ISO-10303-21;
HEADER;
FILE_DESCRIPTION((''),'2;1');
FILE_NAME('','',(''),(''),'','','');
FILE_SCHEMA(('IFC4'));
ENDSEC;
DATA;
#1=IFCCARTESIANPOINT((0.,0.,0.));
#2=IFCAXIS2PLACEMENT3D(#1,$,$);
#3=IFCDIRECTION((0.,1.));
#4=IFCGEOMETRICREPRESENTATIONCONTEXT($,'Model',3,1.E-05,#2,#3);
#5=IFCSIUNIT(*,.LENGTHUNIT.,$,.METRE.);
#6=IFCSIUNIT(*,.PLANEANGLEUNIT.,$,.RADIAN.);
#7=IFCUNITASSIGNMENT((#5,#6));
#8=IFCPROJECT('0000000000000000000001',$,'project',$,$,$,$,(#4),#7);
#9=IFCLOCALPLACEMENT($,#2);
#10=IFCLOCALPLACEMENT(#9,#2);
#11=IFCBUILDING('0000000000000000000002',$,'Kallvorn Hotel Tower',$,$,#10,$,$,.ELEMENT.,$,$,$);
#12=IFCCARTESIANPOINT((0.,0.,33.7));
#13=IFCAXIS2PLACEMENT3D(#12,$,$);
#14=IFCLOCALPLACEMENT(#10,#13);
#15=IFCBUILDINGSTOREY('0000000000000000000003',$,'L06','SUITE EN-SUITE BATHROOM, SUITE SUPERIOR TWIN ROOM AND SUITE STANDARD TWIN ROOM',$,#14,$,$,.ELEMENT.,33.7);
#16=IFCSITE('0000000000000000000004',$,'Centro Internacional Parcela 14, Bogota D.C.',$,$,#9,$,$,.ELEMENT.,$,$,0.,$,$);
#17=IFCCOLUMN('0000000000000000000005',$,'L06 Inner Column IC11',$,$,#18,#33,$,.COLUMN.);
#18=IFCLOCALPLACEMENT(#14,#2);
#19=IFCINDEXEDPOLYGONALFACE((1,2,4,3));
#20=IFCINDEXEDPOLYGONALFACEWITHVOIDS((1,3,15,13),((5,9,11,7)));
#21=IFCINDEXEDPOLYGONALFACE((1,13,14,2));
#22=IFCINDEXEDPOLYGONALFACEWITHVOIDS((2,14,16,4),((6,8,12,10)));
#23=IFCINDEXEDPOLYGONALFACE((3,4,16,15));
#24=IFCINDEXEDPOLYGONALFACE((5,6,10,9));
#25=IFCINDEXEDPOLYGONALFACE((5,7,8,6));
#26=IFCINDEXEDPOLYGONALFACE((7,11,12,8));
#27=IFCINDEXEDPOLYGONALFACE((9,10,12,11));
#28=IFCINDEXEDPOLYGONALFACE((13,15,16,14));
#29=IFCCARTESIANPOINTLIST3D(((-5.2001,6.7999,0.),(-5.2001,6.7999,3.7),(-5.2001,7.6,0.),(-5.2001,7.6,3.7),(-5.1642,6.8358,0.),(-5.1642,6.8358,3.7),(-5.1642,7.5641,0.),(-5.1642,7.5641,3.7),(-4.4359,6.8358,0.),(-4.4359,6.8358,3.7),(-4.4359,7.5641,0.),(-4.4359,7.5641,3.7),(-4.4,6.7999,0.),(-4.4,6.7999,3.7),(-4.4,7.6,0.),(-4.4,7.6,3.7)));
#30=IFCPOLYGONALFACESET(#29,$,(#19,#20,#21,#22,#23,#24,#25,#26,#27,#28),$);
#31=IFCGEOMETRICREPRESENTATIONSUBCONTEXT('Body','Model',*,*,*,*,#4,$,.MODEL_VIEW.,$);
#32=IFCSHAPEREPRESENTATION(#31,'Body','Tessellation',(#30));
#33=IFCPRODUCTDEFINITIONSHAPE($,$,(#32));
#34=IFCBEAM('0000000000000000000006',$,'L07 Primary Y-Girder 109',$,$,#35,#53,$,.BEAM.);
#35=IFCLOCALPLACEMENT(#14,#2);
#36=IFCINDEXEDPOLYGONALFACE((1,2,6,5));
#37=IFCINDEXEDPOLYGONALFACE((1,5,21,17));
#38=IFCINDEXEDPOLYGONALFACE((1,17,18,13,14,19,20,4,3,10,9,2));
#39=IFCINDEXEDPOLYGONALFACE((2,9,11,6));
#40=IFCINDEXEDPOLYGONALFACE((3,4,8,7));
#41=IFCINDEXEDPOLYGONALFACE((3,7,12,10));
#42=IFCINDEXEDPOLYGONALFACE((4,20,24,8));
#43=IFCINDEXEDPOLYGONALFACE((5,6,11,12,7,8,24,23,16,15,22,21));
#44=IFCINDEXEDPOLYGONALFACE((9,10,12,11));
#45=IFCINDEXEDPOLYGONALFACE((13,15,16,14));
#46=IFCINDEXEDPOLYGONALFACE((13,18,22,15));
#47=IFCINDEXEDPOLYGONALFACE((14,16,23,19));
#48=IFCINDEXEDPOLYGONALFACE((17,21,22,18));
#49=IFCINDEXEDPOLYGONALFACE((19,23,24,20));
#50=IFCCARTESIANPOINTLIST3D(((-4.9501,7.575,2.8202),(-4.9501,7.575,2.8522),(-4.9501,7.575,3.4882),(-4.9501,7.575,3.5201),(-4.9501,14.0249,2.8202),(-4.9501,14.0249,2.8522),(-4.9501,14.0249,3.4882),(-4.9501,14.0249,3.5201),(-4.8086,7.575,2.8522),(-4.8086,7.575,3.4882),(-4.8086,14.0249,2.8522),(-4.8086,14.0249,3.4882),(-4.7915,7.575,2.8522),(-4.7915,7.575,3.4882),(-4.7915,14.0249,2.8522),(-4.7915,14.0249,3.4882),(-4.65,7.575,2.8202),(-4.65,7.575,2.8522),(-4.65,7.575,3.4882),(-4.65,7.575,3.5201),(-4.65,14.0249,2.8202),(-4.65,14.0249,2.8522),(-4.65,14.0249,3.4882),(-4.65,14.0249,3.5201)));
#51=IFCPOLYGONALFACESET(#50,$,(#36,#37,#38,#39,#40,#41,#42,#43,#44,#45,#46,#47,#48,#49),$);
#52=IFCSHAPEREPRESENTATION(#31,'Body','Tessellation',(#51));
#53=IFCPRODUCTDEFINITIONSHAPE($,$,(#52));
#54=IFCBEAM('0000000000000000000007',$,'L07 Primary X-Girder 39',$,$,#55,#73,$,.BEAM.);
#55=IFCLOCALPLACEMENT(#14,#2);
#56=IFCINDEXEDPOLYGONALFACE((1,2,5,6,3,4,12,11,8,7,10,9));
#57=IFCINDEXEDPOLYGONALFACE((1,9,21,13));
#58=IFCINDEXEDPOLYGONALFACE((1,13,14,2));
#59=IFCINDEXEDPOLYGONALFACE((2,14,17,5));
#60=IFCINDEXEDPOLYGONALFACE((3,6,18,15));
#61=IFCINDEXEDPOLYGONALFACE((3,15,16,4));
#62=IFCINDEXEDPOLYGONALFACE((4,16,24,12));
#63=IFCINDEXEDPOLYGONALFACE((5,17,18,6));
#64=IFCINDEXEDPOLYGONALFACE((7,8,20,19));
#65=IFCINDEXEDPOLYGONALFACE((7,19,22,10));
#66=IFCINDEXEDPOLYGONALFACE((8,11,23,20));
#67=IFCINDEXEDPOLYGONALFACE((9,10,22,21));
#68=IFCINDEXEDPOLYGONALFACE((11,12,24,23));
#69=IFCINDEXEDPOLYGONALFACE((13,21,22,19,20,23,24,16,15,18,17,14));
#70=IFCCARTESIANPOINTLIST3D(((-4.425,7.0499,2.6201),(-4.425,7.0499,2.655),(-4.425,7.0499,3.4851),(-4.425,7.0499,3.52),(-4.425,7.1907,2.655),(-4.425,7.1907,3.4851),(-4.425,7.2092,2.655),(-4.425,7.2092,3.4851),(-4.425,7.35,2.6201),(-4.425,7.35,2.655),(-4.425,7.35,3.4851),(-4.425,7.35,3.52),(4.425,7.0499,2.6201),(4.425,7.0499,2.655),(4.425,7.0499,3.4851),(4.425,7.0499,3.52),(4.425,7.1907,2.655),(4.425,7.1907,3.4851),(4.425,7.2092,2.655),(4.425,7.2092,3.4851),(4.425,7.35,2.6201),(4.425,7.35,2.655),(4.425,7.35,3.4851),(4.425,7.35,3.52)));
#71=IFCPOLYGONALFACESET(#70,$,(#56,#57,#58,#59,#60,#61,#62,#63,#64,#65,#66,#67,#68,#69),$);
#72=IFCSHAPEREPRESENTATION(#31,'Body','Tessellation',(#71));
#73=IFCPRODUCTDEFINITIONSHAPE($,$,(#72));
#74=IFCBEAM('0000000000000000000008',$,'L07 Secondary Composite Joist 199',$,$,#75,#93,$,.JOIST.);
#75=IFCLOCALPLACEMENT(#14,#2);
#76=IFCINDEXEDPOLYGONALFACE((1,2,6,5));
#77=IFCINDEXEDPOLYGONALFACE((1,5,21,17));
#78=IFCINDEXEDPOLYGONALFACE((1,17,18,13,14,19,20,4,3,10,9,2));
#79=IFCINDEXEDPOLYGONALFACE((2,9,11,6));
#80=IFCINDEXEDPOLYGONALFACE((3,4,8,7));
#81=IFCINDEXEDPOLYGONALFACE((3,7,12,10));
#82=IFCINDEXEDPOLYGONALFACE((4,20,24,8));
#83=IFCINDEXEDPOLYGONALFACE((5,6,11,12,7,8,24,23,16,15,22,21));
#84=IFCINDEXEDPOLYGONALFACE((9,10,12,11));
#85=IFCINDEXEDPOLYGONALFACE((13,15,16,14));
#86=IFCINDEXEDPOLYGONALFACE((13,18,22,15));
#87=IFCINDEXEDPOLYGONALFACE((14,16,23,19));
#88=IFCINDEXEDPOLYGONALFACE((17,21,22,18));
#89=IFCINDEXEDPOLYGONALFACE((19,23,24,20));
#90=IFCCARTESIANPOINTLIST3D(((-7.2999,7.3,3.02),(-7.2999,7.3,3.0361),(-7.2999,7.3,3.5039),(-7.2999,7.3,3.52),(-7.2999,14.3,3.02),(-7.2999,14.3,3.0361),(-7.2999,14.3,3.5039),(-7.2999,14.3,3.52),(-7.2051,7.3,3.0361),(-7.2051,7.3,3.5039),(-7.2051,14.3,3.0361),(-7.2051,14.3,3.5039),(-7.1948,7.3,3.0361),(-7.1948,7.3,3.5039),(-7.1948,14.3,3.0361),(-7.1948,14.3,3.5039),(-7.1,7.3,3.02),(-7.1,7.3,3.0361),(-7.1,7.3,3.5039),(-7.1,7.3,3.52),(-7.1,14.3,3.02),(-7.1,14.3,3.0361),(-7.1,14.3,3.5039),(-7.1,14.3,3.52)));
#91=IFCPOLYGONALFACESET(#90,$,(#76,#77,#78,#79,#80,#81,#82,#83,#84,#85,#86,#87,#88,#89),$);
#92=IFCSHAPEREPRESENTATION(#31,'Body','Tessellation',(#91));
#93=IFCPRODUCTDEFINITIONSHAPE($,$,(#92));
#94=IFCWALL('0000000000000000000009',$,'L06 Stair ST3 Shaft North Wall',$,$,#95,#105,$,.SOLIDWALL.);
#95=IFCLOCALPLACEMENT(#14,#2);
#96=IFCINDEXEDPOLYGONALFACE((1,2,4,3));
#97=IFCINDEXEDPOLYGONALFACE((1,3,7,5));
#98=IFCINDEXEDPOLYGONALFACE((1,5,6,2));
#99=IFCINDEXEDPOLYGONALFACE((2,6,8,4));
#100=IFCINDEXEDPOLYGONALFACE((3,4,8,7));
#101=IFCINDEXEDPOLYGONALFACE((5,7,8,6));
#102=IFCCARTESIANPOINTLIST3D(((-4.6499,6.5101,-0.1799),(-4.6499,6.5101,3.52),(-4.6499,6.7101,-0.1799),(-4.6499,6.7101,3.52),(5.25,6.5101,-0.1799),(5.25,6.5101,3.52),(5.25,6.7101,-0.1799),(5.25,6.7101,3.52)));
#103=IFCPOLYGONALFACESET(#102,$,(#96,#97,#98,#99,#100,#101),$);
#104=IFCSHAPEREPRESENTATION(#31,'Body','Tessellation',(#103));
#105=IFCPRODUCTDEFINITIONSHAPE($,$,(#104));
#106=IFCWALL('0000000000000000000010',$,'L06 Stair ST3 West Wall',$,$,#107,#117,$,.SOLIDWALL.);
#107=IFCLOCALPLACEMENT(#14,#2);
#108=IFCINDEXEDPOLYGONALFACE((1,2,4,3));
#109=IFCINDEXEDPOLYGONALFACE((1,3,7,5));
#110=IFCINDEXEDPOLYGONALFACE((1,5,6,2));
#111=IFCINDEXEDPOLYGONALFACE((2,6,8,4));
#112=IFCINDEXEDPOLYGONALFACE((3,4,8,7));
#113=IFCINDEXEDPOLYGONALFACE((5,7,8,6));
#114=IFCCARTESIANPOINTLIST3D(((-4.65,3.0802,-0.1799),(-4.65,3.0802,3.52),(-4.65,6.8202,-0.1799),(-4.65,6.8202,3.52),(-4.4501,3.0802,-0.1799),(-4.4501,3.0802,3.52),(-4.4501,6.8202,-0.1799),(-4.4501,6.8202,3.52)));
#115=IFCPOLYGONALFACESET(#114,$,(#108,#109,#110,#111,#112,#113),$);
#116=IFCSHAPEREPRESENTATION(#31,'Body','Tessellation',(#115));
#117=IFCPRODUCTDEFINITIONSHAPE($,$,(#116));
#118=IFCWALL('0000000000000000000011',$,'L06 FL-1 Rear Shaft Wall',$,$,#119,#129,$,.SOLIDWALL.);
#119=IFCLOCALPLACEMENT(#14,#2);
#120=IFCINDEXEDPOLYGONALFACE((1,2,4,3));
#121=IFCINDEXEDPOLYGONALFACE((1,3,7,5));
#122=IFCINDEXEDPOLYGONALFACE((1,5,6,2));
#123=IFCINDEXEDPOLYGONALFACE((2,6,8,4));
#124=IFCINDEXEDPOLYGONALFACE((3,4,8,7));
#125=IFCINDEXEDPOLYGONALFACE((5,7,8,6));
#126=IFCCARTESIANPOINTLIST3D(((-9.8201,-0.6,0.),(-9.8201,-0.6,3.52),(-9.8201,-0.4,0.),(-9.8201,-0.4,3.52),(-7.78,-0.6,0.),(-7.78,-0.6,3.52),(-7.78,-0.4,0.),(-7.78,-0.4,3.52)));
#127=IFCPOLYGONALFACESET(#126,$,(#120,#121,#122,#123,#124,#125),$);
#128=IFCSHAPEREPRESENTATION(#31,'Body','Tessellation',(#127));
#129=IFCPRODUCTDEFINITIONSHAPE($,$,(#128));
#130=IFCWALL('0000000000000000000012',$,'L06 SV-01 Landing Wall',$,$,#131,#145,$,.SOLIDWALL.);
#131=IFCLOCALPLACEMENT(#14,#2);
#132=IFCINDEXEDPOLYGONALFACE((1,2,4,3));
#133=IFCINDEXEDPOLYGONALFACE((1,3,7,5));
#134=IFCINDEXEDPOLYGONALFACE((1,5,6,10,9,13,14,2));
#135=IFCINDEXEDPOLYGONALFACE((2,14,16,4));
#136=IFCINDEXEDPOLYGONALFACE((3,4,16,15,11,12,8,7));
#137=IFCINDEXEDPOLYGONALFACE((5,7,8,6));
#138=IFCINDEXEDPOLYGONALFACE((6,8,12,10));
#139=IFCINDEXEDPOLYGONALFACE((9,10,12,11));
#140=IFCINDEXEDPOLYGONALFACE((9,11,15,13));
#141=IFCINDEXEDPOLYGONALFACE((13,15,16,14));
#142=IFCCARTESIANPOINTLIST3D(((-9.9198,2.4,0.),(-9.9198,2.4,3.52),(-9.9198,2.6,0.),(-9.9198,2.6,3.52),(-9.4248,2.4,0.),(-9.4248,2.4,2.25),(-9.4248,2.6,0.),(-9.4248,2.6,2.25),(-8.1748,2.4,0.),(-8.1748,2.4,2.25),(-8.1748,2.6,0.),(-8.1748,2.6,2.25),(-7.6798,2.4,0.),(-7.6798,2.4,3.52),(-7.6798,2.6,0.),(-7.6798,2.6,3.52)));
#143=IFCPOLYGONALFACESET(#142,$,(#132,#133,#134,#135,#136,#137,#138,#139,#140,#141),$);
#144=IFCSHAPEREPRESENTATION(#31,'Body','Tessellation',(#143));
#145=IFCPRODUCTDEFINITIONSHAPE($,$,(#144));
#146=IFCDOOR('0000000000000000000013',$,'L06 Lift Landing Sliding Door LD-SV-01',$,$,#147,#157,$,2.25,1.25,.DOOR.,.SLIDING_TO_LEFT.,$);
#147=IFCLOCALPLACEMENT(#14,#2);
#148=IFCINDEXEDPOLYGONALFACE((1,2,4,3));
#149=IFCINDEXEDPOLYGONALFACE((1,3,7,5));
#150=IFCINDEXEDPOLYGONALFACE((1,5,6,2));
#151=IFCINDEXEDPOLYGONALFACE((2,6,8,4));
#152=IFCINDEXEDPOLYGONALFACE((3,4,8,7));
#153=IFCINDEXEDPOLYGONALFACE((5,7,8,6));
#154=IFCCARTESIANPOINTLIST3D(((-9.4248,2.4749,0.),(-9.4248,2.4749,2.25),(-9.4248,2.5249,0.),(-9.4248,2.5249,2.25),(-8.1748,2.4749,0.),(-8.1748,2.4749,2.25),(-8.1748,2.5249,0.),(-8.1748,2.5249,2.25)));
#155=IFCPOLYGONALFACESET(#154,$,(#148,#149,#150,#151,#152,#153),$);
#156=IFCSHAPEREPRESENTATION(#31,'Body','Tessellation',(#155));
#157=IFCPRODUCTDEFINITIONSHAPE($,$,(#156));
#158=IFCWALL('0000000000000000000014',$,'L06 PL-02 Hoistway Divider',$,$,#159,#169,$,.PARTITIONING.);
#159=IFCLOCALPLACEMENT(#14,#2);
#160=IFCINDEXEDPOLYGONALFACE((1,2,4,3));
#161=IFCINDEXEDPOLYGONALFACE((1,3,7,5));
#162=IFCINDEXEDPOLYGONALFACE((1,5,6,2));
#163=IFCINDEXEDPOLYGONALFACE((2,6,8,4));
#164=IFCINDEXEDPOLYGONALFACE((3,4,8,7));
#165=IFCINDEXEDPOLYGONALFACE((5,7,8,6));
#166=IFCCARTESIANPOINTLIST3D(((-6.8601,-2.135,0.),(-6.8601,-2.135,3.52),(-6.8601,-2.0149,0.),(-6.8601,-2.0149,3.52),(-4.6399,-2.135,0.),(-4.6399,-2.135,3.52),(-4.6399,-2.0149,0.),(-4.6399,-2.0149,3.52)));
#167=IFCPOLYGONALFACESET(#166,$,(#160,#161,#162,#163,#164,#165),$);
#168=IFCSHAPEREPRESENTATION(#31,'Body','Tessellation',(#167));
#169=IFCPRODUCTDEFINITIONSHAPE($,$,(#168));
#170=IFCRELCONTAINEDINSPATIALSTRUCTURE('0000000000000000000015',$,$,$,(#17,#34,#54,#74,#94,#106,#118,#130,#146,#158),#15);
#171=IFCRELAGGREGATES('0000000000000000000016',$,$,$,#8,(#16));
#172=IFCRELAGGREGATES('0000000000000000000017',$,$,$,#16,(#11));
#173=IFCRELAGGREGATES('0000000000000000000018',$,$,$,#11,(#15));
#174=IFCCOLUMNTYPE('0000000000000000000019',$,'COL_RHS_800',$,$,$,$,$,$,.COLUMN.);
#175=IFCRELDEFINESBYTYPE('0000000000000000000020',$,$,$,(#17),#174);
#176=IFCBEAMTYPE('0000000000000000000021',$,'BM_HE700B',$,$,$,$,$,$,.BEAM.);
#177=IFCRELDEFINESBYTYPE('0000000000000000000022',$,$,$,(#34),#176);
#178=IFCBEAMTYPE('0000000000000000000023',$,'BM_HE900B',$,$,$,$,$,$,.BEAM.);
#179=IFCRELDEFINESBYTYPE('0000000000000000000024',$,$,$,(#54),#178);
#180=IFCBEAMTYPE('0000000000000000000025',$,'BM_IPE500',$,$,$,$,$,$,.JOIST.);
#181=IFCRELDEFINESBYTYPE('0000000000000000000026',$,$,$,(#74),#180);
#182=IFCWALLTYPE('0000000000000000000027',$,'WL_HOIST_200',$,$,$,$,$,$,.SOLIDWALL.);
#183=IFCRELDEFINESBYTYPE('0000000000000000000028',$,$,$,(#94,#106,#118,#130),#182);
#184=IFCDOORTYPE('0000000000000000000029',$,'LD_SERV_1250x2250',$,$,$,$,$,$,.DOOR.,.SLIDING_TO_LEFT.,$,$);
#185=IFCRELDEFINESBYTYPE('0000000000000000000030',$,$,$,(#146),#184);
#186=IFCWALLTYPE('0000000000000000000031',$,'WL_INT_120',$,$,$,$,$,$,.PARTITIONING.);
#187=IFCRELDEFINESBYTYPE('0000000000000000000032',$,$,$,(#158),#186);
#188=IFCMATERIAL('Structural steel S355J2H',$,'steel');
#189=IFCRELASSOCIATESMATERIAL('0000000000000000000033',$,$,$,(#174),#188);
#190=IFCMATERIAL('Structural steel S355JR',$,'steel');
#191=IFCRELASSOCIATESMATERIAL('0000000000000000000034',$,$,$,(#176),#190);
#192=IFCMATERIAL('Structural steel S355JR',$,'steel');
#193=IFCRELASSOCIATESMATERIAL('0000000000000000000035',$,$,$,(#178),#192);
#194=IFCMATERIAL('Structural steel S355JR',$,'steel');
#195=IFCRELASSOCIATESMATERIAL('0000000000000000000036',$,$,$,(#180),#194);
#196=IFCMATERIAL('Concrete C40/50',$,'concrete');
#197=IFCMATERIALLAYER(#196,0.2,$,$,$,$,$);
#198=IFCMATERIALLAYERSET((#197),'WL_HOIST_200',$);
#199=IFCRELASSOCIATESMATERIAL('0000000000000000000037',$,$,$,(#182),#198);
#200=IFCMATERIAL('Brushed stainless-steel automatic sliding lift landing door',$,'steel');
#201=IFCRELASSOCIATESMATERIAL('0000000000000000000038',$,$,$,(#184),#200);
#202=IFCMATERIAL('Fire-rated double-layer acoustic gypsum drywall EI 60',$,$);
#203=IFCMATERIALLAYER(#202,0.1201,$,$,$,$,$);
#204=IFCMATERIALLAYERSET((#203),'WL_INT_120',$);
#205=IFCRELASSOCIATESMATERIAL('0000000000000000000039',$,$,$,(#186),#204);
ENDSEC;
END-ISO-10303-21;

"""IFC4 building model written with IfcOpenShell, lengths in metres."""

from ifc_helpers import new_model, si_unit, direction, frame, frame_2d, origin, origin_2d, place, context, subcontext, project, spatial, rectangle, hollow_rectangle, i_section, extrude, material, layer, layer_set, material_profile, profile_set, type_object, element, fill, save


model = new_model("IFC4")

# Units and contexts
model_context = context("Model", 3, precision=1e-05, world=origin(), true_north=direction((0.0, 1.0)))
body_context = subcontext(model_context, "Body", "Model", "MODEL_VIEW")
ifc_project = project(units=[si_unit("LENGTHUNIT", "METRE"), si_unit("PLANEANGLEUNIT", "RADIAN")], contexts=[model_context])

# Site, building, storey
site_placement = place(None, origin())
site = spatial("IfcSite", under=ifc_project, at=site_placement, Name="Centro Internacional Parcela 14, Bogota D.C.", CompositionType="ELEMENT", RefElevation=0.0)
building_placement = place(site_placement, origin())
building = spatial("IfcBuilding", under=site, at=building_placement, Name="Kallvorn Hotel Tower", CompositionType="ELEMENT")
storey_placement = place(building_placement, frame((0.0, 0.0, 33.7)))
storey = spatial("IfcBuildingStorey", under=building, at=storey_placement, Name="L06", Description="SUITE EN-SUITE BATHROOM, SUITE SUPERIOR TWIN ROOM AND SUITE STANDARD TWIN ROOM", CompositionType="ELEMENT", Elevation=33.7)

# Column
ifc_material_1 = material(Name="Structural steel S355J2H", Category="steel")
ifc_material_profile_1 = material_profile(ifc_material_1, hollow_rectangle(XDim=0.8, YDim=0.8, WallThickness=0.0359, at=origin_2d()), Name="RHS 800x800x36")
ifc_profile_set_1 = profile_set([ifc_material_profile_1], Name="Structural steel S355J2H")
column_type = type_object("IfcColumnType", Name="COL_RHS_800", PredefinedType="COLUMN", material=ifc_profile_set_1)
column_placement = place(storey_placement, frame((-4.8, 7.2, 0.0), z_axis=(0.0, 0.0, 1.0), x_axis=(1.0, 0.0, 0.0)))
element("IfcColumn", 1, at=column_placement, inside=storey, type_object=column_type, Name="L06 Inner Column IC11", PredefinedType="COLUMN", context=body_context, shape_type="SweptSolid", body=[
    extrude(hollow_rectangle(XDim=0.8, YDim=0.8, WallThickness=0.0359, at=origin_2d()), origin(), (0.0, 0.0, 1.0), 3.7),
])

# Beams
ifc_material_2 = material(Name="Structural steel S355JR", Category="steel")
ifc_material_profile_2 = material_profile(ifc_material_2, i_section(OverallWidth=0.3, OverallDepth=0.7, WebThickness=0.0171, FlangeThickness=0.032, at=origin_2d()), Name="HE 700 B")
ifc_profile_set_2 = profile_set([ifc_material_profile_2], Name="Structural steel S355JR")
beam_type_1 = type_object("IfcBeamType", Name="BM_HE700B", PredefinedType="BEAM", material=ifc_profile_set_2)
beam_1_placement = place(storey_placement, frame((-4.8, 7.575, 3.1702), z_axis=(0.0, 1.0, 0.0), x_axis=(-1.0, 0.0, 0.0)))
element("IfcBeam", 2, at=beam_1_placement, inside=storey, type_object=beam_type_1, Name="L07 Primary Y-Girder 109", PredefinedType="BEAM", context=body_context, shape_type="SweptSolid", body=[
    extrude(i_section(OverallWidth=0.3, OverallDepth=0.7, WebThickness=0.0171, FlangeThickness=0.032, at=origin_2d()), origin(), (0.0, 0.0, 1.0), 6.45),
])
ifc_material_3 = material(Name="Structural steel S355JR", Category="steel")
ifc_material_profile_3 = material_profile(ifc_material_3, i_section(OverallWidth=0.3, OverallDepth=0.8999, WebThickness=0.0186, FlangeThickness=0.0349, at=origin_2d()), Name="HE 900 B")
ifc_profile_set_3 = profile_set([ifc_material_profile_3], Name="Structural steel S355JR")
beam_type_2 = type_object("IfcBeamType", Name="BM_HE900B", PredefinedType="BEAM", material=ifc_profile_set_3)
beam_2_placement = place(storey_placement, frame((-4.425, 7.2, 3.0701), z_axis=(1.0, 0.0, 0.0), x_axis=(0.0, 1.0, 0.0)))
element("IfcBeam", 3, at=beam_2_placement, inside=storey, type_object=beam_type_2, Name="L07 Primary X-Girder 39", PredefinedType="BEAM", context=body_context, shape_type="SweptSolid", body=[
    extrude(i_section(OverallWidth=0.3, OverallDepth=0.8999, WebThickness=0.0186, FlangeThickness=0.0349, at=origin_2d()), origin(), (0.0, 0.0, 1.0), 8.8501),
])
ifc_material_4 = material(Name="Structural steel S355JR", Category="steel")
ifc_material_profile_4 = material_profile(ifc_material_4, i_section(OverallWidth=0.2, OverallDepth=0.5, WebThickness=0.0103, FlangeThickness=0.0161, at=origin_2d()), Name="IPE 500")
ifc_profile_set_4 = profile_set([ifc_material_profile_4], Name="Structural steel S355JR")
beam_type_3 = type_object("IfcBeamType", Name="BM_IPE500", PredefinedType="JOIST", material=ifc_profile_set_4)
beam_3_placement = place(storey_placement, frame((-7.2, 7.3, 3.27), z_axis=(0.0, 1.0, 0.0), x_axis=(-1.0, 0.0, 0.0)))
element("IfcBeam", 4, at=beam_3_placement, inside=storey, type_object=beam_type_3, Name="L07 Secondary Composite Joist 199", PredefinedType="JOIST", context=body_context, shape_type="SweptSolid", body=[
    extrude(i_section(OverallWidth=0.2, OverallDepth=0.5, WebThickness=0.0103, FlangeThickness=0.0161, at=origin_2d()), origin(), (0.0, 0.0, 1.0), 7.0),
])

# Walls
ifc_material_5 = material(Name="Concrete C40/50", Category="concrete")
ifc_layer_1 = layer(ifc_material_5, 0.2)
ifc_layer_set_1 = layer_set([ifc_layer_1], Name="WL_HOIST_200")
wall_type_1 = type_object("IfcWallType", Name="WL_HOIST_200", PredefinedType="SOLIDWALL", material=ifc_layer_set_1)
wall_1_placement = place(storey_placement, frame((-4.6499, 6.6101, -0.1799), z_axis=(0.0, 0.0, 1.0), x_axis=(1.0, 0.0, 0.0)))
element("IfcWall", 5, at=wall_1_placement, inside=storey, type_object=wall_type_1, Name="L06 Stair ST3 Shaft North Wall", PredefinedType="SOLIDWALL", context=body_context, shape_type="SweptSolid", body=[
    extrude(rectangle(XDim=9.8999, YDim=0.2, at=frame_2d((4.95, 0.0))), origin(), (0.0, 0.0, 1.0), 3.7),
])
wall_2_placement = place(storey_placement, frame((-4.55, 3.0801, -0.1799), z_axis=(0.0, 0.0, 1.0), x_axis=(0.0, 1.0, 0.0)))
element("IfcWall", 6, at=wall_2_placement, inside=storey, type_object=wall_type_1, Name="L06 Stair ST3 West Wall", PredefinedType="SOLIDWALL", context=body_context, shape_type="SweptSolid", body=[
    extrude(rectangle(XDim=3.74, YDim=0.2, at=frame_2d((1.8701, 0.0))), origin(), (0.0, 0.0, 1.0), 3.7),
])
wall_3_placement = place(storey_placement, frame((-9.8201, -0.5, 0.0), z_axis=(0.0, 0.0, 1.0), x_axis=(1.0, 0.0, 0.0)))
element("IfcWall", 7, at=wall_3_placement, inside=storey, type_object=wall_type_1, Name="L06 FL-1 Rear Shaft Wall", PredefinedType="SOLIDWALL", context=body_context, shape_type="SweptSolid", body=[
    extrude(rectangle(XDim=2.04, YDim=0.2, at=frame_2d((1.02, 0.0))), origin(), (0.0, 0.0, 1.0), 3.52),
])

# Wall, opening, door
wall_4_placement = place(storey_placement, frame((-9.9199, 2.5, 0.0), z_axis=(0.0, 0.0, 1.0), x_axis=(1.0, 0.0, 0.0)))
wall_4 = element("IfcWall", 8, at=wall_4_placement, inside=storey, type_object=wall_type_1, Name="L06 SV-01 Landing Wall", PredefinedType="SOLIDWALL", context=body_context, shape_type="SweptSolid", body=[
    extrude(rectangle(XDim=2.24, YDim=0.2, at=frame_2d((1.1201, 0.0))), origin(), (0.0, 0.0, 1.0), 3.52),
])
opening_1_placement = place(wall_4_placement, frame((0.4951, 0.0, 0.0)))
opening_1 = element("IfcOpeningElement", 9, at=opening_1_placement, cuts=wall_4, PredefinedType="OPENING", context=body_context, shape_type="SweptSolid", body=[
    extrude(rectangle(XDim=1.25, YDim=2.25, at=frame_2d((0.625, 1.125))), frame((0.0, 0.115, 0.0), z_axis=(0.0, -1.0, 0.0), x_axis=(1.0, 0.0, 0.0)), (0.0, 0.0, 1.0), 0.23),
])
ifc_material_6 = material(Name="Brushed stainless-steel automatic sliding lift landing door", Category="steel")
door_type_1 = type_object("IfcDoorType", Name="LD_SERV_1250x2250", OperationType="SLIDING_TO_LEFT", PredefinedType="DOOR", material=ifc_material_6)
door_1_placement = place(opening_1_placement, origin())
door_1 = element("IfcDoor", 10, at=door_1_placement, inside=storey, type_object=door_type_1, Name="L06 Lift Landing Sliding Door LD-SV-01", OperationType="SLIDING_TO_LEFT", OverallHeight=2.25, OverallWidth=1.25, PredefinedType="DOOR", context=body_context, shape_type="SweptSolid", body=[
    extrude(rectangle(XDim=1.25, YDim=2.25, at=frame_2d((0.625, 1.125))), frame((0.0, 0.0249, 0.0), z_axis=(0.0, -1.0, 0.0), x_axis=(1.0, 0.0, 0.0)), (0.0, 0.0, 1.0), 0.05),
])
fill(opening_1, door_1)

# Wall
ifc_material_7 = material(Name="Fire-rated double-layer acoustic gypsum drywall EI 60")
ifc_layer_2 = layer(ifc_material_7, 0.1201)
ifc_layer_set_2 = layer_set([ifc_layer_2], Name="WL_INT_120")
wall_type_2 = type_object("IfcWallType", Name="WL_INT_120", PredefinedType="PARTITIONING", material=ifc_layer_set_2)
for number, where, z_axis, x_axis, name in (
    (11, (-6.8601, -2.075, 0.0), (0.0, 0.0, 1.0), (1.0, 0.0, 0.0), "L06 PL-02 Hoistway Divider"),
):
    element("IfcWall", number, at=place(storey_placement, frame(where, z_axis=z_axis, x_axis=x_axis)), inside=storey, type_object=wall_type_2, Name=name, PredefinedType="PARTITIONING", context=body_context, shape_type="SweptSolid", body=[
        extrude(rectangle(XDim=2.2202, YDim=0.1201, at=frame_2d((1.1101, 0.0))), origin(), (0.0, 0.0, 1.0), 3.52),
    ])

save(model, "model.ifc")
